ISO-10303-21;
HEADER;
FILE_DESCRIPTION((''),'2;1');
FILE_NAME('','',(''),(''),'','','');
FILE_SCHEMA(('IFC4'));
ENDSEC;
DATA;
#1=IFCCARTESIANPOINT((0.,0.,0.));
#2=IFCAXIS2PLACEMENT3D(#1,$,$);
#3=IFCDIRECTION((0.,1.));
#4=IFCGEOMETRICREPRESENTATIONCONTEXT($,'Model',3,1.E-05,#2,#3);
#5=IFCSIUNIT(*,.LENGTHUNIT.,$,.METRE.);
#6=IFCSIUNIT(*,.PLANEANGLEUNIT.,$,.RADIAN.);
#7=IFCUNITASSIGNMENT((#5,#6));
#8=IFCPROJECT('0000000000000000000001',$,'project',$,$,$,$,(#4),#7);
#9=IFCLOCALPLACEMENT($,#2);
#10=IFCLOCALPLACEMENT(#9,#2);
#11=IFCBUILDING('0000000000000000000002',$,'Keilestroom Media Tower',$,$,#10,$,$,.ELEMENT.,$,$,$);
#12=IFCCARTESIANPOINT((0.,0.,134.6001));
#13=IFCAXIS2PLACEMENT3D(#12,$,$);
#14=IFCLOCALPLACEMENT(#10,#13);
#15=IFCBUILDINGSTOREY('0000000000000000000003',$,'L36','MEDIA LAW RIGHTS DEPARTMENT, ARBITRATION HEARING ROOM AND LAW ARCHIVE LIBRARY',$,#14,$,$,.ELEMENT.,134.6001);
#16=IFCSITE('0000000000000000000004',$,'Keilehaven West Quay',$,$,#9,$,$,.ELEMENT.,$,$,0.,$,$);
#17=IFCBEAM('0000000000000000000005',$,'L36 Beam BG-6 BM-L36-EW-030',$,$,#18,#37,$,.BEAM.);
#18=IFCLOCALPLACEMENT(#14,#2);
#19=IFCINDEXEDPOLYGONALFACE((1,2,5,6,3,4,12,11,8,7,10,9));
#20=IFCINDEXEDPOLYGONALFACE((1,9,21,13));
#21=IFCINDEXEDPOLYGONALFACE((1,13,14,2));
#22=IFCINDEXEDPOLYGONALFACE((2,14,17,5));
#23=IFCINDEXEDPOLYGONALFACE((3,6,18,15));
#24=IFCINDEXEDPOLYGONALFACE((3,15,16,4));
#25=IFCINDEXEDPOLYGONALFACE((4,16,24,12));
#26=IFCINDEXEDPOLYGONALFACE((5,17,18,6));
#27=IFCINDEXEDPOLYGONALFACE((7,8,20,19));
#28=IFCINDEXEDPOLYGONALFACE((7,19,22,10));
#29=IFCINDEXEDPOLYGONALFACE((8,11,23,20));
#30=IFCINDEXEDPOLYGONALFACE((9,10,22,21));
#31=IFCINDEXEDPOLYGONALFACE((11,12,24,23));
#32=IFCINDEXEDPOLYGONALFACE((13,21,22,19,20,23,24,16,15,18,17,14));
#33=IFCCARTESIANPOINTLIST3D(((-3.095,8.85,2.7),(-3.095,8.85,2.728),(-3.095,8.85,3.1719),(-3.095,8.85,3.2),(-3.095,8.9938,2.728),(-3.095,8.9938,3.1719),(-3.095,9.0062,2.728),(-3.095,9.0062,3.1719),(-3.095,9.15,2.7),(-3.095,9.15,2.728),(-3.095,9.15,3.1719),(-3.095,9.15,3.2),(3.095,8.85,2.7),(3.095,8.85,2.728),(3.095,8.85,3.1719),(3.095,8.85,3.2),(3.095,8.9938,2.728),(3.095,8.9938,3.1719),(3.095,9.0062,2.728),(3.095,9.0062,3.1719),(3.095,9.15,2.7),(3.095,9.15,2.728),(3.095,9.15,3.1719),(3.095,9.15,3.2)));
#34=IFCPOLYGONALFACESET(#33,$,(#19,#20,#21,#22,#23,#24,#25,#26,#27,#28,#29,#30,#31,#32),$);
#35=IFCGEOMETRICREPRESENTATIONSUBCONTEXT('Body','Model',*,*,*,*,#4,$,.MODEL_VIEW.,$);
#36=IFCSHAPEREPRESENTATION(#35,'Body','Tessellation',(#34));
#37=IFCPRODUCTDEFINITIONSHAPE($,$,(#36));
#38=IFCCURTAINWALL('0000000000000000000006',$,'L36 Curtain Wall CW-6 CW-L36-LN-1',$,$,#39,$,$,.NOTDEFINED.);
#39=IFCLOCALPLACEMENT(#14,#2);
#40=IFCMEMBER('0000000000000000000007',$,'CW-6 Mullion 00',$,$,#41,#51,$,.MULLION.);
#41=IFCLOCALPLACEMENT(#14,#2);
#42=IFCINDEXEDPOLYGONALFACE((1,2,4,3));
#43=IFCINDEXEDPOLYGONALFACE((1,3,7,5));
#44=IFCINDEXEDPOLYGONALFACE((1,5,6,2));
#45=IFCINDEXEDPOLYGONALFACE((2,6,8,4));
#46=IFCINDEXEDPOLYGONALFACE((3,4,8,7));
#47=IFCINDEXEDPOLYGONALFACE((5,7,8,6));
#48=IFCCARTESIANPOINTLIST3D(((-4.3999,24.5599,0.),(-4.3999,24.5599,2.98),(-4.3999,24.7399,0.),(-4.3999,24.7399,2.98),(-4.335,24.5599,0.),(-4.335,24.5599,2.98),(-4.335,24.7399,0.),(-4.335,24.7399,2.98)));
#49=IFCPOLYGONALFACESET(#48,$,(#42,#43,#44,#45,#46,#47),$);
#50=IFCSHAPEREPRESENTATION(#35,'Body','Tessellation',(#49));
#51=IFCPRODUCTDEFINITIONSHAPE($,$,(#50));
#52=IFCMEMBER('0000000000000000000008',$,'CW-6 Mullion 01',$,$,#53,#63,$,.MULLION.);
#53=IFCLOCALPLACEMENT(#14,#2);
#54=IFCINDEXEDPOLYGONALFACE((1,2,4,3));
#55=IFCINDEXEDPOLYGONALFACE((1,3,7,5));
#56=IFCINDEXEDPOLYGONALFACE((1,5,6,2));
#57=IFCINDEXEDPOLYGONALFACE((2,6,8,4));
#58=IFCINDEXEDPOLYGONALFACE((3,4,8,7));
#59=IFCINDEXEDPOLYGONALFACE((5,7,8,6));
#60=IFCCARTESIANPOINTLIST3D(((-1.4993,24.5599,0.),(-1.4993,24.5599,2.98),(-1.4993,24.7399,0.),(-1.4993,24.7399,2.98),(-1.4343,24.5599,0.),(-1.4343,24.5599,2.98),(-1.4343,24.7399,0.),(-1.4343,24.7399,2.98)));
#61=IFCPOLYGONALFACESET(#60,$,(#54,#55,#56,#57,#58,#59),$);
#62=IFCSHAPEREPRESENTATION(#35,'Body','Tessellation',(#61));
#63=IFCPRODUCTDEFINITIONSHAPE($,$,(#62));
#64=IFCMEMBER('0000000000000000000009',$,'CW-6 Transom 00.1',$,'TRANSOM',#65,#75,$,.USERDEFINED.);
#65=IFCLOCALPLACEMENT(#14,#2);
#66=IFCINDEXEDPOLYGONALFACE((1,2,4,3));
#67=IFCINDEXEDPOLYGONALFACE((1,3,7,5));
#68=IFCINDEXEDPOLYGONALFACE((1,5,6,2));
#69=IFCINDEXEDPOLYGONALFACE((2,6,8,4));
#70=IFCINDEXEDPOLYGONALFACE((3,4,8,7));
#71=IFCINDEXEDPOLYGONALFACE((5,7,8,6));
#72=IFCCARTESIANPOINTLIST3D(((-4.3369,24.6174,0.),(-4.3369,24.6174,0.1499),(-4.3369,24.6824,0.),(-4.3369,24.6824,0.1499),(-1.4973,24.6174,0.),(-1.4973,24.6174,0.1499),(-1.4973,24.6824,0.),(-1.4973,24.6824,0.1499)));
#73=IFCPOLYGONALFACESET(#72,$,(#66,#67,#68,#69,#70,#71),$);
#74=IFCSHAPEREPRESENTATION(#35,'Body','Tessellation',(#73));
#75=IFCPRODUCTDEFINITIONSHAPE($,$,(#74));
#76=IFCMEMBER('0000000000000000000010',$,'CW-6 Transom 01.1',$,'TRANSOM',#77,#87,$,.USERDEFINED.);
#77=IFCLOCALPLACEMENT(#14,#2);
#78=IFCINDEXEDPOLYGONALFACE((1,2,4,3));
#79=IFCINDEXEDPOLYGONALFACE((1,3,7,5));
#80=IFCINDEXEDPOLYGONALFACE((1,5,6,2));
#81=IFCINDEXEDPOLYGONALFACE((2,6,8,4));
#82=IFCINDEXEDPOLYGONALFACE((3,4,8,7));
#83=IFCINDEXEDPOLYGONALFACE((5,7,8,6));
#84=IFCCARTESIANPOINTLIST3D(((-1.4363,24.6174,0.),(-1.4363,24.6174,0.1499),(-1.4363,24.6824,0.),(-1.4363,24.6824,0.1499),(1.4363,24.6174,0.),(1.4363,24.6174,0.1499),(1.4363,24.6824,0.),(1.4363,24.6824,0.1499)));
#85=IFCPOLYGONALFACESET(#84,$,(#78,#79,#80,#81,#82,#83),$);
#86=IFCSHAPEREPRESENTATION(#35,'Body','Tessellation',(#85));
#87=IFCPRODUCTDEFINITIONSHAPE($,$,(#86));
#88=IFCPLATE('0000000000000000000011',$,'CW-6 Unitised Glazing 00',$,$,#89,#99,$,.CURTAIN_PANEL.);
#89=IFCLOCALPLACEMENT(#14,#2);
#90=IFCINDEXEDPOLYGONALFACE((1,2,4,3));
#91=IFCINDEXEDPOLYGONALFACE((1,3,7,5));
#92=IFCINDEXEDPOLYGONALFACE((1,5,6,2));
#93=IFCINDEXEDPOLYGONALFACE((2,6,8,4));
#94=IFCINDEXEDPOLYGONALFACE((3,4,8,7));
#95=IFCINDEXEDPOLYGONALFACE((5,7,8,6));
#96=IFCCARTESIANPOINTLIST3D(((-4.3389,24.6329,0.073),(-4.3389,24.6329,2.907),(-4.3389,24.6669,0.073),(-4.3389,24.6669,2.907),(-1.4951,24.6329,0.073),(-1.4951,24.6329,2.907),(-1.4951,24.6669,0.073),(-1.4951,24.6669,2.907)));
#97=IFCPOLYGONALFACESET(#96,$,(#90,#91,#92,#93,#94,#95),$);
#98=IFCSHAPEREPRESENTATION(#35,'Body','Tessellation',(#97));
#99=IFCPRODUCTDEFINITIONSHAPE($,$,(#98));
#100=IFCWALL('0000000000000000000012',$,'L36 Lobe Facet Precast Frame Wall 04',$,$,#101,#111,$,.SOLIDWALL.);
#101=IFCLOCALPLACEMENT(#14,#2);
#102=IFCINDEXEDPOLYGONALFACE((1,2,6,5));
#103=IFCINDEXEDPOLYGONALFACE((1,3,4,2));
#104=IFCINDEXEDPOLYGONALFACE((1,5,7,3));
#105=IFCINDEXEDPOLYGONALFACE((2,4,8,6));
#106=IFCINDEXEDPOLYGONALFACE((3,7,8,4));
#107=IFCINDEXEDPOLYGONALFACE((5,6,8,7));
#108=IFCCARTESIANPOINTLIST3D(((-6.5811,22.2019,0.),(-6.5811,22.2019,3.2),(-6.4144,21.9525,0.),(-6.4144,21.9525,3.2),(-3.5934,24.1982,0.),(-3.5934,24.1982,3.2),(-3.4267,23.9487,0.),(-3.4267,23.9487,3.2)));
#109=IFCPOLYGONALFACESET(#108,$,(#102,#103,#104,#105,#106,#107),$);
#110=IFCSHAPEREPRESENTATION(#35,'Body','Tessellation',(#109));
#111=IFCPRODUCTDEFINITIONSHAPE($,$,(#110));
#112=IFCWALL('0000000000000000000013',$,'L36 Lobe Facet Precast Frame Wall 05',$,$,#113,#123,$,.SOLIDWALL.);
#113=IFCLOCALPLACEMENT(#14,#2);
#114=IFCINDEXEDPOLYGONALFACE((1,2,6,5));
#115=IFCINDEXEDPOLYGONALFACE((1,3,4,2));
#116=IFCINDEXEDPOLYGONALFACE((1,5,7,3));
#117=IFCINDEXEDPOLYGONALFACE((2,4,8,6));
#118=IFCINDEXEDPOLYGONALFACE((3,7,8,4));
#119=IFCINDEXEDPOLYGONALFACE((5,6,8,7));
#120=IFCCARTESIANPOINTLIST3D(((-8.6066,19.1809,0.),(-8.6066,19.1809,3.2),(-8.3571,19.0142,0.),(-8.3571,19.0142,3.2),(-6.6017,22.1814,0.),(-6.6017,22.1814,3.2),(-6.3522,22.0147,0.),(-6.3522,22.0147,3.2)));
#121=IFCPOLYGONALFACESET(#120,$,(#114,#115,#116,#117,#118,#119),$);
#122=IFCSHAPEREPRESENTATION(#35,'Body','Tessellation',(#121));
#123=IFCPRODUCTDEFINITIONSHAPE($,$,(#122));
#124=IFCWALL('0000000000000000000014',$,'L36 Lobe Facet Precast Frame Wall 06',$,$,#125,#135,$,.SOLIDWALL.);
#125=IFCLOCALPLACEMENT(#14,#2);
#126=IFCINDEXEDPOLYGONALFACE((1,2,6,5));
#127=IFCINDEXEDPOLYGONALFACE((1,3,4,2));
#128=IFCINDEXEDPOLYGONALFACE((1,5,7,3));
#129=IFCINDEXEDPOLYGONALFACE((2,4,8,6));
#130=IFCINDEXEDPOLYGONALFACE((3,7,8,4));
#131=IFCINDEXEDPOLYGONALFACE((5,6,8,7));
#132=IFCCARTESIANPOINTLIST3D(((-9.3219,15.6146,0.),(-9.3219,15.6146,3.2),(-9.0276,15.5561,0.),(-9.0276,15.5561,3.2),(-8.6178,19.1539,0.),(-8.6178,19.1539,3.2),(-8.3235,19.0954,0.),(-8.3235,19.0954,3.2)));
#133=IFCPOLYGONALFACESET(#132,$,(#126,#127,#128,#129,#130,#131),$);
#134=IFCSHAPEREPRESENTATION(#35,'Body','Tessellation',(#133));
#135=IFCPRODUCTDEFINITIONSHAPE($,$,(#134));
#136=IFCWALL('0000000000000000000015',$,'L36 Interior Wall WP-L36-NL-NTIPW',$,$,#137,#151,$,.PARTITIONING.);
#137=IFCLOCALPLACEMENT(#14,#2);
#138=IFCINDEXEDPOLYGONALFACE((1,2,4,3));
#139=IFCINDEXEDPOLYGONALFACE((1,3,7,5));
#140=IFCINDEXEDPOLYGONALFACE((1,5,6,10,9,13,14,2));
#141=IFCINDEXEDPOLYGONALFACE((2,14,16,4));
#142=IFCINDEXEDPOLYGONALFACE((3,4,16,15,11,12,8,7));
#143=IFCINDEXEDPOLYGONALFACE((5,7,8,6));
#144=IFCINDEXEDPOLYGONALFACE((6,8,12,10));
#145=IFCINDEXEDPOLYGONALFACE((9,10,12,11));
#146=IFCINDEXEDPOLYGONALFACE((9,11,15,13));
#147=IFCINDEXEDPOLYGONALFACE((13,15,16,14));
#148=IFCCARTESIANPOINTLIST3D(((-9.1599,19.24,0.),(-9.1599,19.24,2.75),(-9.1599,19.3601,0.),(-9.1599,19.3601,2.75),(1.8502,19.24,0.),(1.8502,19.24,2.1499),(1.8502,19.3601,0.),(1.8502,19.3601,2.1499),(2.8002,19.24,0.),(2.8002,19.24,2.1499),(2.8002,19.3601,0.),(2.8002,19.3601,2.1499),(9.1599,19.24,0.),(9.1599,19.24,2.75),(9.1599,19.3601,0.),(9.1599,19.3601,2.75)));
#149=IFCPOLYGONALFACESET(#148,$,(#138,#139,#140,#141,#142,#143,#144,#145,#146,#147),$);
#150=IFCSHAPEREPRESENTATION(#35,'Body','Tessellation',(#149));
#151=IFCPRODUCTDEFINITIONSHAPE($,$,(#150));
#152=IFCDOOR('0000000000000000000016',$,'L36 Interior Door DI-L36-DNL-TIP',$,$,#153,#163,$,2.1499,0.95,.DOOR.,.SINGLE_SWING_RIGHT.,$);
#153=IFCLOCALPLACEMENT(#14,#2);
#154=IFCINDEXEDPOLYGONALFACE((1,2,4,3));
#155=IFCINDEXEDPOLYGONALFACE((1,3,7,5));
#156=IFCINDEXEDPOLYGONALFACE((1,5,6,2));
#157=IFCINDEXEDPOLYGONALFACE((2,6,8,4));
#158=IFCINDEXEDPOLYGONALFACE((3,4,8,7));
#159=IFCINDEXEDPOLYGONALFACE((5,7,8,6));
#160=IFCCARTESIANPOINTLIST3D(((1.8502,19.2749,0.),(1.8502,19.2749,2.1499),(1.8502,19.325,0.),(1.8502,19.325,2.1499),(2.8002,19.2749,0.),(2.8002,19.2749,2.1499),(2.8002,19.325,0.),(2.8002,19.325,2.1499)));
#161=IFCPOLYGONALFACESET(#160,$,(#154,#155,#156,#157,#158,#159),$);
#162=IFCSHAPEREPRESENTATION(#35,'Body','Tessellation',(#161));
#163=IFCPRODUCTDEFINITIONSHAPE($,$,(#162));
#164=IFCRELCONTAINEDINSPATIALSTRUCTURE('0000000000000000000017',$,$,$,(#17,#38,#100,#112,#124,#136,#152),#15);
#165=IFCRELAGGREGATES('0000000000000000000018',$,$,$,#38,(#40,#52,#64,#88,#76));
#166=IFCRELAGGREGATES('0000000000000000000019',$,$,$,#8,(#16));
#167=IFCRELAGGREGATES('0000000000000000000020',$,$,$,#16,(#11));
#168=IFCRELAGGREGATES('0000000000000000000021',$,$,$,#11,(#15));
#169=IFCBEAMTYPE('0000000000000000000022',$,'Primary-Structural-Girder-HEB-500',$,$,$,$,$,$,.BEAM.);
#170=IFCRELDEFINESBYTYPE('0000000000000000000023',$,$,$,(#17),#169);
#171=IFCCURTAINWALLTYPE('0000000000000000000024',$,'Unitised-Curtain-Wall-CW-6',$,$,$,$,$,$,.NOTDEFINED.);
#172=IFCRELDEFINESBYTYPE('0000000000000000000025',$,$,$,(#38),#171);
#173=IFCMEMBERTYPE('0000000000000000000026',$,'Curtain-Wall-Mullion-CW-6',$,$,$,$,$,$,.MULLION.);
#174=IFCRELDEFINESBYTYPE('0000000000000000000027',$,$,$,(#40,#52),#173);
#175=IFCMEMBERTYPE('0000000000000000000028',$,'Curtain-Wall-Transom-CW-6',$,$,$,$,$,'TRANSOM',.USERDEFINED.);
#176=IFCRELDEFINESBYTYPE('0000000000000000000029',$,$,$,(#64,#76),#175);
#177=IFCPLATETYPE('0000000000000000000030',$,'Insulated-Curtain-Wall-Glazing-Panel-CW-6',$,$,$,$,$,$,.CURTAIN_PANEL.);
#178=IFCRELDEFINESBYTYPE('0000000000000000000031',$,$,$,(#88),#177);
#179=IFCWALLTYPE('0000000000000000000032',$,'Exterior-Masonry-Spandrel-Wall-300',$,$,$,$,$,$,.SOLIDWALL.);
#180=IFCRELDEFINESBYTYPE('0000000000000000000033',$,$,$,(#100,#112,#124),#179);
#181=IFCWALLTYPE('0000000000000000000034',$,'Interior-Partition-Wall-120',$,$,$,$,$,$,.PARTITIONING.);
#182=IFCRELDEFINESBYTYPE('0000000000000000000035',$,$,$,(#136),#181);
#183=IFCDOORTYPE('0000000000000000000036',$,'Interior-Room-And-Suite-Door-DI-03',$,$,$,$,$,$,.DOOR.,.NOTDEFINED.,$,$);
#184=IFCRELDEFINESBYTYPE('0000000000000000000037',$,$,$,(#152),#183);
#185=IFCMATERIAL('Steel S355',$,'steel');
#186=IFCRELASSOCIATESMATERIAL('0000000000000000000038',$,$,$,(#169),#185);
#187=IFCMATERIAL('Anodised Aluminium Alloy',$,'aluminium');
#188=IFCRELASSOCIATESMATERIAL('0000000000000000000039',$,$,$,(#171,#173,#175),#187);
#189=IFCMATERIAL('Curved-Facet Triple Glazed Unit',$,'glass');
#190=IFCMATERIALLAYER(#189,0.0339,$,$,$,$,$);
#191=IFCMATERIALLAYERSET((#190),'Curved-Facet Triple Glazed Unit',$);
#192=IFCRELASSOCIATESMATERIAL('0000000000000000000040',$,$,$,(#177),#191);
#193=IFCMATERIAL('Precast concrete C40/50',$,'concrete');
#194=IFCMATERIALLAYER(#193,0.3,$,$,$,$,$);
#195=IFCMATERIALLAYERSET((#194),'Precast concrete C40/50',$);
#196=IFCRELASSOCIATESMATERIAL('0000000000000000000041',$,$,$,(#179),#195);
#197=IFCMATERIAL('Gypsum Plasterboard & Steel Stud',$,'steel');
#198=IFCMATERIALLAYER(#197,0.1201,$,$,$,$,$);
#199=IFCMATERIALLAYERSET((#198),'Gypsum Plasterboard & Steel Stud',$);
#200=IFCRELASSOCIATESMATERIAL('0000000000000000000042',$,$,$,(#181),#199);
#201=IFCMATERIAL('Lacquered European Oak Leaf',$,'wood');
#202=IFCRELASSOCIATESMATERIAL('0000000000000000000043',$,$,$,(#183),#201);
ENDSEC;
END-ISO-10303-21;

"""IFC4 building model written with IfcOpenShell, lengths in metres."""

from ifc_helpers import new_model, si_unit, direction, frame, frame_2d, origin, origin_2d, place, context, subcontext, project, spatial, rectangle, i_section, extrude, source, transform, mapped, material, layer, layer_set, material_profile, profile_set, type_object, element, fill, aggregate, save


model = new_model("IFC4")

# Units and contexts
model_context = context("Model", 3, precision=1e-05, world=origin(), true_north=direction((0.0, 1.0)))
body_context = subcontext(model_context, "Body", "Model", "MODEL_VIEW")
ifc_project = project(units=[si_unit("LENGTHUNIT", "METRE"), si_unit("PLANEANGLEUNIT", "RADIAN")], contexts=[model_context])

# Site, building, storey
site_placement = place(None, origin())
site = spatial("IfcSite", under=ifc_project, at=site_placement, Name="Keilehaven West Quay", CompositionType="ELEMENT", RefElevation=0.0)
building_placement = place(site_placement, origin())
building = spatial("IfcBuilding", under=site, at=building_placement, Name="Keilestroom Media Tower", CompositionType="ELEMENT")
storey_placement = place(building_placement, frame((0.0, 0.0, 134.6001)))
storey = spatial("IfcBuildingStorey", under=building, at=storey_placement, Name="L36", Description="MEDIA LAW RIGHTS DEPARTMENT, ARBITRATION HEARING ROOM AND LAW ARCHIVE LIBRARY", CompositionType="ELEMENT", Elevation=134.6001)

# Shared definitions
ifc_material_1 = material(Name="Steel S355", Category="steel")

# Beam
ifc_material_profile_1 = material_profile(ifc_material_1, i_section(OverallWidth=0.3, OverallDepth=0.5, WebThickness=0.0125, FlangeThickness=0.0281, at=origin_2d()), Name="HEB 500")
ifc_profile_set_1 = profile_set([ifc_material_profile_1], Name="Steel S355")
beam_type = type_object("IfcBeamType", Name="Primary-Structural-Girder-HEB-500", PredefinedType="BEAM", material=ifc_profile_set_1)
shared_shape_1 = source(origin(), body_context, "Body", "SweptSolid", [
    extrude(i_section(OverallWidth=0.3, OverallDepth=0.5, WebThickness=0.0125, FlangeThickness=0.0281, at=origin_2d()), origin(), (0.0, 0.0, 1.0), 6.1899),
])
beam_1_placement = place(storey_placement, frame((-3.095, 9.0, 2.95), z_axis=(1.0, 0.0, 0.0), x_axis=(0.0, 1.0, 0.0)))
element("IfcBeam", 1, at=beam_1_placement, inside=storey, type_object=beam_type, Name="L36 Beam BG-6 BM-L36-EW-030", PredefinedType="BEAM", context=body_context, shape_type="MappedRepresentation", body=[
    mapped(shared_shape_1, transform((0.0, 0.0, 0.0), x_axis=(1.0, 0.0, 0.0), y_axis=(0.0, 1.0, 0.0), z_axis=(0.0, 0.0, 1.0), scale=1.0)),
])

# Curtain wall, members, plate
ifc_material_2 = material(Name="Anodised Aluminium Alloy", Category="aluminium")
curtain_wall_type = type_object("IfcCurtainWallType", Name="Unitised-Curtain-Wall-CW-6", PredefinedType="NOTDEFINED", material=ifc_material_2)
curtain_wall_placement = place(storey_placement, origin())
curtain_wall = element("IfcCurtainWall", 2, at=curtain_wall_placement, inside=storey, type_object=curtain_wall_type, Name="L36 Curtain Wall CW-6 CW-L36-LN-1", PredefinedType="NOTDEFINED")
ifc_material_profile_2 = material_profile(ifc_material_2, rectangle(XDim=0.0649, YDim=0.1799, at=origin_2d()), Name="ALU MULLION 65x180")
ifc_profile_set_2 = profile_set([ifc_material_profile_2], Name="Anodised Aluminium Alloy")
member_type_1 = type_object("IfcMemberType", Name="Curtain-Wall-Mullion-CW-6", PredefinedType="MULLION", material=ifc_profile_set_2)
shared_shape_2 = source(origin(), body_context, "Body", "SweptSolid", [
    extrude(rectangle(XDim=0.0649, YDim=0.1799, at=origin_2d()), origin(), (0.0, 0.0, 1.0), 2.98),
])
member_1_placement = place(storey_placement, frame((-4.3674, 24.6499, 0.0), z_axis=(0.0, 0.0, 1.0), x_axis=(1.0, 0.0, 0.0)))
member_1 = element("IfcMember", 3, at=member_1_placement, type_object=member_type_1, Name="CW-6 Mullion 00", PredefinedType="MULLION", context=body_context, shape_type="MappedRepresentation", body=[
    mapped(shared_shape_2, transform((0.0, 0.0, 0.0), x_axis=(1.0, 0.0, 0.0), y_axis=(0.0, 1.0, 0.0), z_axis=(0.0, 0.0, 1.0), scale=1.0)),
])
member_2_placement = place(storey_placement, frame((-1.4668, 24.6499, 0.0), z_axis=(0.0, 0.0, 1.0), x_axis=(1.0, 0.0, 0.0)))
member_2 = element("IfcMember", 4, at=member_2_placement, type_object=member_type_1, Name="CW-6 Mullion 01", PredefinedType="MULLION", context=body_context, shape_type="MappedRepresentation", body=[
    mapped(shared_shape_2, transform((0.0, 0.0, 0.0), x_axis=(1.0, 0.0, 0.0), y_axis=(0.0, 1.0, 0.0), z_axis=(0.0, 0.0, 1.0), scale=1.0)),
])
ifc_material_profile_3 = material_profile(ifc_material_2, rectangle(XDim=0.0649, YDim=0.1499, at=origin_2d()), Name="ALU TRANSOM 65x150")
ifc_profile_set_3 = profile_set([ifc_material_profile_3], Name="Anodised Aluminium Alloy")
member_type_2 = type_object("IfcMemberType", Name="Curtain-Wall-Transom-CW-6", ElementType="TRANSOM", PredefinedType="USERDEFINED", material=ifc_profile_set_3)
shared_shape_3 = source(origin(), body_context, "Body", "SweptSolid", [
    extrude(rectangle(XDim=0.0649, YDim=0.1499, at=origin_2d()), origin(), (0.0, 0.0, 1.0), 2.8396),
])
member_3_placement = place(storey_placement, frame((-4.3369, 24.6499, 0.075), z_axis=(1.0, 0.0, 0.0), x_axis=(0.0, 1.0, 0.0)))
member_3 = element("IfcMember", 5, at=member_3_placement, type_object=member_type_2, Name="CW-6 Transom 00.1", ObjectType="TRANSOM", PredefinedType="USERDEFINED", context=body_context, shape_type="MappedRepresentation", body=[
    mapped(shared_shape_3, transform((0.0, 0.0, 0.0), x_axis=(1.0, 0.0, 0.0), y_axis=(0.0, 1.0, 0.0), z_axis=(0.0, 0.0, 1.0), scale=1.0)),
])
shared_shape_4 = source(origin(), body_context, "Body", "SweptSolid", [
    extrude(rectangle(XDim=0.0649, YDim=0.1499, at=origin_2d()), origin(), (0.0, 0.0, 1.0), 2.8726),
])
member_4_placement = place(storey_placement, frame((-1.4363, 24.6499, 0.075), z_axis=(1.0, 0.0, 0.0), x_axis=(0.0, 1.0, 0.0)))
member_4 = element("IfcMember", 6, at=member_4_placement, type_object=member_type_2, Name="CW-6 Transom 01.1", ObjectType="TRANSOM", PredefinedType="USERDEFINED", context=body_context, shape_type="MappedRepresentation", body=[
    mapped(shared_shape_4, transform((0.0, 0.0, 0.0), x_axis=(1.0, 0.0, 0.0), y_axis=(0.0, 1.0, 0.0), z_axis=(0.0, 0.0, 1.0), scale=1.0)),
])
ifc_material_3 = material(Name="Curved-Facet Triple Glazed Unit", Category="glass")
ifc_layer_1 = layer(ifc_material_3, 0.0339)
ifc_layer_set_1 = layer_set([ifc_layer_1], Name="Curved-Facet Triple Glazed Unit")
plate_type = type_object("IfcPlateType", Name="Insulated-Curtain-Wall-Glazing-Panel-CW-6", PredefinedType="CURTAIN_PANEL", material=ifc_layer_set_1)
shared_shape_5 = source(origin(), body_context, "Body", "SweptSolid", [
    extrude(rectangle(XDim=2.8438, YDim=0.0339, at=origin_2d()), origin(), (0.0, 0.0, 1.0), 2.834),
])
plate_placement = place(storey_placement, frame((-2.917, 24.6499, 0.073), z_axis=(0.0, 0.0, 1.0), x_axis=(1.0, 0.0, 0.0)))
plate = element("IfcPlate", 7, at=plate_placement, type_object=plate_type, Name="CW-6 Unitised Glazing 00", PredefinedType="CURTAIN_PANEL", context=body_context, shape_type="MappedRepresentation", body=[
    mapped(shared_shape_5, transform((0.0, 0.0, 0.0), x_axis=(1.0, 0.0, 0.0), y_axis=(0.0, 1.0, 0.0), z_axis=(0.0, 0.0, 1.0), scale=1.0)),
])
aggregate(curtain_wall, [member_1, member_2, member_3, plate, member_4])

# Walls
ifc_material_4 = material(Name="Precast concrete C40/50", Category="concrete")
ifc_layer_2 = layer(ifc_material_4, 0.3)
ifc_layer_set_2 = layer_set([ifc_layer_2], Name="Precast concrete C40/50")
wall_type_1 = type_object("IfcWallType", Name="Exterior-Masonry-Spandrel-Wall-300", PredefinedType="SOLIDWALL", material=ifc_layer_set_2)
wall_1_placement = place(storey_placement, frame((-3.51, 24.0735, 0.0), z_axis=(0.0, 0.0, 1.0), x_axis=(-0.831475, -0.555562, 0.0)))
element("IfcWall", 8, at=wall_1_placement, inside=storey, type_object=wall_type_1, Name="L36 Lobe Facet Precast Frame Wall 04", PredefinedType="SOLIDWALL", context=body_context, shape_type="SweptSolid", body=[
    extrude(rectangle(XDim=3.5933, YDim=0.3, at=frame_2d((1.7966, 0.0))), origin(), (0.0, 0.0, 1.0), 3.2),
])
for number, where, z_axis, x_axis, name in (
    (9, (-6.4771, 22.0979, 0.0), (0.0, 0.0, 1.0), (-0.555574, -0.831467, 0.0), "L36 Lobe Facet Precast Frame Wall 05"),
    (10, (-8.4707, 19.1245, 0.0), (0.0, 0.0, 1.0), (-0.195114, -0.980781, 0.0), "L36 Lobe Facet Precast Frame Wall 06"),
):
    element("IfcWall", number, at=place(storey_placement, frame(where, z_axis=z_axis, x_axis=x_axis)), inside=storey, type_object=wall_type_1, Name=name, PredefinedType="SOLIDWALL", context=body_context, shape_type="SweptSolid", body=[
        extrude(rectangle(XDim=3.6086, YDim=0.3, at=frame_2d((1.8042, 0.0))), origin(), (0.0, 0.0, 1.0), 3.2),
    ])

# Wall, opening, door
ifc_material_5 = material(Name="Gypsum Plasterboard & Steel Stud", Category="steel")
ifc_layer_3 = layer(ifc_material_5, 0.1201)
ifc_layer_set_3 = layer_set([ifc_layer_3], Name="Gypsum Plasterboard & Steel Stud")
wall_type_2 = type_object("IfcWallType", Name="Interior-Partition-Wall-120", PredefinedType="PARTITIONING", material=ifc_layer_set_3)
wall_2_placement = place(storey_placement, frame((-9.1599, 19.3, 0.0), z_axis=(0.0, 0.0, 1.0), x_axis=(1.0, 0.0, 0.0)))
wall_2 = element("IfcWall", 11, at=wall_2_placement, inside=storey, type_object=wall_type_2, Name="L36 Interior Wall WP-L36-NL-NTIPW", PredefinedType="PARTITIONING", context=body_context, shape_type="SweptSolid", body=[
    extrude(rectangle(XDim=18.3198, YDim=0.1201, at=frame_2d((9.1599, 0.0))), origin(), (0.0, 0.0, 1.0), 2.75),
])
opening_placement = place(wall_2_placement, frame((11.01, 0.0, 0.0)))
opening = element("IfcOpeningElement", 12, at=opening_placement, cuts=wall_2, PredefinedType="OPENING", context=body_context, shape_type="SweptSolid", body=[
    extrude(rectangle(XDim=0.95, YDim=2.1499, at=frame_2d((0.4751, 1.075))), frame((0.0, 0.0701, 0.0), z_axis=(0.0, -1.0, 0.0), x_axis=(1.0, 0.0, 0.0)), (0.0, 0.0, 1.0), 0.1401),
])
ifc_material_6 = material(Name="Lacquered European Oak Leaf", Category="wood")
door_type = type_object("IfcDoorType", Name="Interior-Room-And-Suite-Door-DI-03", OperationType="NOTDEFINED", PredefinedType="DOOR", material=ifc_material_6)
shared_shape_6 = source(origin(), body_context, "Body", "SweptSolid", [
    extrude(rectangle(XDim=0.95, YDim=2.1499, at=frame_2d((0.4751, 1.075))), frame((0.0, 0.0249, 0.0), z_axis=(0.0, -1.0, 0.0), x_axis=(1.0, 0.0, 0.0)), (0.0, 0.0, 1.0), 0.05),
])
door_placement = place(opening_placement, origin())
door = element("IfcDoor", 13, at=door_placement, inside=storey, type_object=door_type, Name="L36 Interior Door DI-L36-DNL-TIP", OperationType="SINGLE_SWING_RIGHT", OverallHeight=2.1499, OverallWidth=0.95, PredefinedType="DOOR", context=body_context, shape_type="MappedRepresentation", body=[
    mapped(shared_shape_6, transform((0.0, 0.0, 0.0), x_axis=(1.0, 0.0, 0.0), y_axis=(0.0, 1.0, 0.0), z_axis=(0.0, 0.0, 1.0), scale=1.0)),
])
fill(opening, door)

save(model, "model.ifc")
